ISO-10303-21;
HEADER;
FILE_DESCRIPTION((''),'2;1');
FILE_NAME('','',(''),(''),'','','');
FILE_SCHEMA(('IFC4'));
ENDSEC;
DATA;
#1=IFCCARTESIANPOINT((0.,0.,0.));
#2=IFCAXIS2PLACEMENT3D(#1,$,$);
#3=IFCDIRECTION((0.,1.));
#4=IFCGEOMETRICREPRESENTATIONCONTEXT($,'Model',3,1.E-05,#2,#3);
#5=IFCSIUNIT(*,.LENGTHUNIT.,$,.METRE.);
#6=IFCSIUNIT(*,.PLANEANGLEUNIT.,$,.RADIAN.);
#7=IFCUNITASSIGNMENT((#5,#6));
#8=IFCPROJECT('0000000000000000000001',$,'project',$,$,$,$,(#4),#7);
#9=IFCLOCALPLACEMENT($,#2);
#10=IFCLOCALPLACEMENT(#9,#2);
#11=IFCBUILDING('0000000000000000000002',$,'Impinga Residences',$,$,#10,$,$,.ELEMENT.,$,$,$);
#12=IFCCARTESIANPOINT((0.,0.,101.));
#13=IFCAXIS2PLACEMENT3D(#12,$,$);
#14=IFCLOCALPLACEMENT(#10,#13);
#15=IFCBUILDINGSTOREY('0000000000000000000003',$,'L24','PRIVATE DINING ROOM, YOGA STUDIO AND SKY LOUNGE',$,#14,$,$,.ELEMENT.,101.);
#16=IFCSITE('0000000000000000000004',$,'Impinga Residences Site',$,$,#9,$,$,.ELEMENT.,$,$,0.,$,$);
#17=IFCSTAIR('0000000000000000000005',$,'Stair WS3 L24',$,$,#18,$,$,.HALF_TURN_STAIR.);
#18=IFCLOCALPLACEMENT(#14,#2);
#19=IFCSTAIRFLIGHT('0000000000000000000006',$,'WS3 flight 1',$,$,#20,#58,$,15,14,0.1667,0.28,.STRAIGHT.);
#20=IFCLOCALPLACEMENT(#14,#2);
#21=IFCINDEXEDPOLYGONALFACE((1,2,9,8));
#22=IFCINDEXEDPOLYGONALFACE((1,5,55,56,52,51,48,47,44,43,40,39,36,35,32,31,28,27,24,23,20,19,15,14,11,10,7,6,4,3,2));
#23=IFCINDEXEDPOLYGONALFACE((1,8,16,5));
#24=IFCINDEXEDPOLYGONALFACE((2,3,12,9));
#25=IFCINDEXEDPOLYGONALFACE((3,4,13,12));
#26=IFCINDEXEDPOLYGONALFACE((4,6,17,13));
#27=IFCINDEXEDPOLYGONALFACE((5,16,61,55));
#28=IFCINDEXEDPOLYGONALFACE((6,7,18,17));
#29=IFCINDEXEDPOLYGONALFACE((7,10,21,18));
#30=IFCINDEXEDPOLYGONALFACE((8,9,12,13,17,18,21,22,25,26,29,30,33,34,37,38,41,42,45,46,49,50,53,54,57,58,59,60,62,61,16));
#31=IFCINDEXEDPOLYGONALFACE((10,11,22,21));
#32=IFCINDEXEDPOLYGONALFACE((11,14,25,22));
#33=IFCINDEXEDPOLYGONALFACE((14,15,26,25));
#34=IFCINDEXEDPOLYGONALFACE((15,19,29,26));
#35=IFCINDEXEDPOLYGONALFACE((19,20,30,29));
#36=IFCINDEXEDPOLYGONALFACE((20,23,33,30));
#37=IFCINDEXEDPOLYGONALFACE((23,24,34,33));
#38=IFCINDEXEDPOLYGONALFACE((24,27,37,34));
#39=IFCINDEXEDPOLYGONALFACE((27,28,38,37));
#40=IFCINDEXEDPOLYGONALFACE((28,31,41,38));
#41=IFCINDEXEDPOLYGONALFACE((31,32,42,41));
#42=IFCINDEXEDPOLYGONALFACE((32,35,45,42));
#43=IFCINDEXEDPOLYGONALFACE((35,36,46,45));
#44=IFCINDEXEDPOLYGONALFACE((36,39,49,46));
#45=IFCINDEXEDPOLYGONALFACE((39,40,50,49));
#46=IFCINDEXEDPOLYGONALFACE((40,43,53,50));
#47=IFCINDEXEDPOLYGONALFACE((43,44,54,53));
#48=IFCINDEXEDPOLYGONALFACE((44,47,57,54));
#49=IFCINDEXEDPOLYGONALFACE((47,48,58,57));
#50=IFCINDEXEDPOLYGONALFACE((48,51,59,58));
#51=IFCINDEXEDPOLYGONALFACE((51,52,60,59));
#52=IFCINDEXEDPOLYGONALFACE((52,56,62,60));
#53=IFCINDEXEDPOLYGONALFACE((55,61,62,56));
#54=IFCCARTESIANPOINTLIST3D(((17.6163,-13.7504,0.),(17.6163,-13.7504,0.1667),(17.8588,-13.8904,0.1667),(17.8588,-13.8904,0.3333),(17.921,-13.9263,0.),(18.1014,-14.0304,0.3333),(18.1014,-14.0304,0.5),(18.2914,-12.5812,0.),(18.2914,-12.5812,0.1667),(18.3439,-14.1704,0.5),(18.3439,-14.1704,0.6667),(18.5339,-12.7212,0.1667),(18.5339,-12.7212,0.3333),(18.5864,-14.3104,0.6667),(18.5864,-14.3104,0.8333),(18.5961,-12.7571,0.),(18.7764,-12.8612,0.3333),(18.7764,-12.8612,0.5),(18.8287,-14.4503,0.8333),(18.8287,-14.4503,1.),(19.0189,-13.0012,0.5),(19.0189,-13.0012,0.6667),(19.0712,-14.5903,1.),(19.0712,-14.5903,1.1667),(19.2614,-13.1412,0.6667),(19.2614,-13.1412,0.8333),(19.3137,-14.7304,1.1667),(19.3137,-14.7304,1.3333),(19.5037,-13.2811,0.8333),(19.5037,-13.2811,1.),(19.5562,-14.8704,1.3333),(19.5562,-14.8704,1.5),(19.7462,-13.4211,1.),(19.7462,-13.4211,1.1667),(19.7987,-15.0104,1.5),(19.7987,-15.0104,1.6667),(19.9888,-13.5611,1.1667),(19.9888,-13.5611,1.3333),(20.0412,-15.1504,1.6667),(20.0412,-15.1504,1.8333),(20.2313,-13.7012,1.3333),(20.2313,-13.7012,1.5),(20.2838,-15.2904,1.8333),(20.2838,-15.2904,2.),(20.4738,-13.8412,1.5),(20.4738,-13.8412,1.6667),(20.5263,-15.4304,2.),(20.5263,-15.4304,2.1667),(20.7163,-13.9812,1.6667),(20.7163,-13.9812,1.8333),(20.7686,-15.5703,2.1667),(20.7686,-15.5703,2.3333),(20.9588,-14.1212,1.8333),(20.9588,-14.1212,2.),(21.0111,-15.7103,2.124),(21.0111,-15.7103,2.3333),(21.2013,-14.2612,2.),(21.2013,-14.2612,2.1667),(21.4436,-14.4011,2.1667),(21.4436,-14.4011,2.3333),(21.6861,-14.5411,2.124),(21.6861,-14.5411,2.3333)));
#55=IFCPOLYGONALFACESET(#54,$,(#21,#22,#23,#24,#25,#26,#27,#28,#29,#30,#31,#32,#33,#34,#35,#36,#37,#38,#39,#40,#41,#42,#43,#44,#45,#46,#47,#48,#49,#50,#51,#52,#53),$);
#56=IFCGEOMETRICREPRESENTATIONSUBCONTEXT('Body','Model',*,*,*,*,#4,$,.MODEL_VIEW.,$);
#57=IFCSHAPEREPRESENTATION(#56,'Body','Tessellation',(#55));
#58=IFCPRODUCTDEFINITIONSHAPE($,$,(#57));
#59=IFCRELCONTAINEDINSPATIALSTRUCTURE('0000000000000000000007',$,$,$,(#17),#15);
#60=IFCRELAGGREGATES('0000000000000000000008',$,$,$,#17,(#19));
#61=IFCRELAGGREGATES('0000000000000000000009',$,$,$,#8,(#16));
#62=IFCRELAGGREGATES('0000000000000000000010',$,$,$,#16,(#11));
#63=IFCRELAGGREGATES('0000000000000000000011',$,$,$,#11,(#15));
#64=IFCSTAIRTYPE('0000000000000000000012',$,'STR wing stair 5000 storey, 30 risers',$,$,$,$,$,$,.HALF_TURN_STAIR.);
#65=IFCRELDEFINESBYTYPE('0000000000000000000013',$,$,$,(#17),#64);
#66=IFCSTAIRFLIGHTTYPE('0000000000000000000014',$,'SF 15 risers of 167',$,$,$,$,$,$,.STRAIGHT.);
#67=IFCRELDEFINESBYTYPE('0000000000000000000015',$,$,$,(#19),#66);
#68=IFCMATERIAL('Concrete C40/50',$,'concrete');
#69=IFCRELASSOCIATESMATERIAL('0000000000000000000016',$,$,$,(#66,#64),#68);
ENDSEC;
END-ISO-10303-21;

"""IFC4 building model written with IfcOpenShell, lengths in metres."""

from ifc_helpers import new_model, si_unit, direction, frame, origin, place, context, subcontext, project, spatial, polyline, outline, extrude, material, type_object, element, aggregate, save


model = new_model("IFC4")

# Units and contexts
model_context = context("Model", 3, precision=1e-05, world=origin(), true_north=direction((0.0, 1.0)))
body_context = subcontext(model_context, "Body", "Model", "MODEL_VIEW")
ifc_project = project(units=[si_unit("LENGTHUNIT", "METRE"), si_unit("PLANEANGLEUNIT", "RADIAN")], contexts=[model_context])

# Site, building, storey
site_placement = place(None, origin())
site = spatial("IfcSite", under=ifc_project, at=site_placement, Name="Impinga Residences Site", CompositionType="ELEMENT", RefElevation=0.0)
building_placement = place(site_placement, origin())
building = spatial("IfcBuilding", under=site, at=building_placement, Name="Impinga Residences", CompositionType="ELEMENT")
storey_placement = place(building_placement, frame((0.0, 0.0, 101.0)))
storey = spatial("IfcBuildingStorey", under=building, at=storey_placement, Name="L24", Description="PRIVATE DINING ROOM, YOGA STUDIO AND SKY LOUNGE", CompositionType="ELEMENT", Elevation=101.0)

# Shared definitions
ifc_material_1 = material(Name="Concrete C40/50", Category="concrete")
stair_flight_type = type_object("IfcStairFlightType", Name="SF 15 risers of 167", PredefinedType="STRAIGHT", material=ifc_material_1)

# Stair, stair flight
stair_type_1 = type_object("IfcStairType", Name="STR wing stair 5000 storey, 30 risers", PredefinedType="HALF_TURN_STAIR", material=ifc_material_1)
stair_1_placement = place(storey_placement, origin())
stair_1 = element("IfcStair", 1, at=stair_1_placement, inside=storey, type_object=stair_type_1, Name="Stair WS3 L24", PredefinedType="HALF_TURN_STAIR")
stair_flight_1_placement = place(storey_placement, frame((17.9539, -13.1658, 0.0), z_axis=(0.0, 0.0, 1.0), x_axis=(0.866025, -0.5, 0.0)))
stair_flight_1 = element("IfcStairFlight", 2, at=stair_flight_1_placement, type_object=stair_flight_type, Name="WS3 flight 1", NumberOfRisers=15, NumberOfTreads=14, PredefinedType="STRAIGHT", RiserHeight=0.1667, TreadLength=0.28, context=body_context, shape_type="SweptSolid", body=[
    extrude(outline(polyline([(0.0, 0.0), (0.0, 0.1667), (0.28, 0.1667), (0.28, 0.3333), (0.5601, 0.3333), (0.5601, 0.5), (0.8401, 0.5), (0.8401, 0.6667), (1.1201, 0.6667), (1.1201, 0.8333), (1.3999, 0.8333), (1.3999, 1.0), (1.6799, 1.0), (1.6799, 1.1667), (1.96, 1.1667), (1.96, 1.3333), (2.24, 1.3333), (2.24, 1.5), (2.52, 1.5), (2.52, 1.6667), (2.8, 1.6667), (2.8, 1.8333), (3.0801, 1.8333), (3.0801, 2.0), (3.3601, 2.0), (3.3601, 2.1667), (3.6399, 2.1667), (3.6399, 2.3333), (3.9199, 2.3333), (3.9199, 2.5), (3.9199, 2.124), (0.3518, 0.0), (0.0, 0.0)])), frame((0.0, 0.675, 0.0), z_axis=(0.0, -1.0, 0.0), x_axis=(1.0, 0.0, 0.0)), (0.0, 0.0, 1.0), 1.3501),
])
aggregate(stair_1, [stair_flight_1])

save(model, "model.ifc")
